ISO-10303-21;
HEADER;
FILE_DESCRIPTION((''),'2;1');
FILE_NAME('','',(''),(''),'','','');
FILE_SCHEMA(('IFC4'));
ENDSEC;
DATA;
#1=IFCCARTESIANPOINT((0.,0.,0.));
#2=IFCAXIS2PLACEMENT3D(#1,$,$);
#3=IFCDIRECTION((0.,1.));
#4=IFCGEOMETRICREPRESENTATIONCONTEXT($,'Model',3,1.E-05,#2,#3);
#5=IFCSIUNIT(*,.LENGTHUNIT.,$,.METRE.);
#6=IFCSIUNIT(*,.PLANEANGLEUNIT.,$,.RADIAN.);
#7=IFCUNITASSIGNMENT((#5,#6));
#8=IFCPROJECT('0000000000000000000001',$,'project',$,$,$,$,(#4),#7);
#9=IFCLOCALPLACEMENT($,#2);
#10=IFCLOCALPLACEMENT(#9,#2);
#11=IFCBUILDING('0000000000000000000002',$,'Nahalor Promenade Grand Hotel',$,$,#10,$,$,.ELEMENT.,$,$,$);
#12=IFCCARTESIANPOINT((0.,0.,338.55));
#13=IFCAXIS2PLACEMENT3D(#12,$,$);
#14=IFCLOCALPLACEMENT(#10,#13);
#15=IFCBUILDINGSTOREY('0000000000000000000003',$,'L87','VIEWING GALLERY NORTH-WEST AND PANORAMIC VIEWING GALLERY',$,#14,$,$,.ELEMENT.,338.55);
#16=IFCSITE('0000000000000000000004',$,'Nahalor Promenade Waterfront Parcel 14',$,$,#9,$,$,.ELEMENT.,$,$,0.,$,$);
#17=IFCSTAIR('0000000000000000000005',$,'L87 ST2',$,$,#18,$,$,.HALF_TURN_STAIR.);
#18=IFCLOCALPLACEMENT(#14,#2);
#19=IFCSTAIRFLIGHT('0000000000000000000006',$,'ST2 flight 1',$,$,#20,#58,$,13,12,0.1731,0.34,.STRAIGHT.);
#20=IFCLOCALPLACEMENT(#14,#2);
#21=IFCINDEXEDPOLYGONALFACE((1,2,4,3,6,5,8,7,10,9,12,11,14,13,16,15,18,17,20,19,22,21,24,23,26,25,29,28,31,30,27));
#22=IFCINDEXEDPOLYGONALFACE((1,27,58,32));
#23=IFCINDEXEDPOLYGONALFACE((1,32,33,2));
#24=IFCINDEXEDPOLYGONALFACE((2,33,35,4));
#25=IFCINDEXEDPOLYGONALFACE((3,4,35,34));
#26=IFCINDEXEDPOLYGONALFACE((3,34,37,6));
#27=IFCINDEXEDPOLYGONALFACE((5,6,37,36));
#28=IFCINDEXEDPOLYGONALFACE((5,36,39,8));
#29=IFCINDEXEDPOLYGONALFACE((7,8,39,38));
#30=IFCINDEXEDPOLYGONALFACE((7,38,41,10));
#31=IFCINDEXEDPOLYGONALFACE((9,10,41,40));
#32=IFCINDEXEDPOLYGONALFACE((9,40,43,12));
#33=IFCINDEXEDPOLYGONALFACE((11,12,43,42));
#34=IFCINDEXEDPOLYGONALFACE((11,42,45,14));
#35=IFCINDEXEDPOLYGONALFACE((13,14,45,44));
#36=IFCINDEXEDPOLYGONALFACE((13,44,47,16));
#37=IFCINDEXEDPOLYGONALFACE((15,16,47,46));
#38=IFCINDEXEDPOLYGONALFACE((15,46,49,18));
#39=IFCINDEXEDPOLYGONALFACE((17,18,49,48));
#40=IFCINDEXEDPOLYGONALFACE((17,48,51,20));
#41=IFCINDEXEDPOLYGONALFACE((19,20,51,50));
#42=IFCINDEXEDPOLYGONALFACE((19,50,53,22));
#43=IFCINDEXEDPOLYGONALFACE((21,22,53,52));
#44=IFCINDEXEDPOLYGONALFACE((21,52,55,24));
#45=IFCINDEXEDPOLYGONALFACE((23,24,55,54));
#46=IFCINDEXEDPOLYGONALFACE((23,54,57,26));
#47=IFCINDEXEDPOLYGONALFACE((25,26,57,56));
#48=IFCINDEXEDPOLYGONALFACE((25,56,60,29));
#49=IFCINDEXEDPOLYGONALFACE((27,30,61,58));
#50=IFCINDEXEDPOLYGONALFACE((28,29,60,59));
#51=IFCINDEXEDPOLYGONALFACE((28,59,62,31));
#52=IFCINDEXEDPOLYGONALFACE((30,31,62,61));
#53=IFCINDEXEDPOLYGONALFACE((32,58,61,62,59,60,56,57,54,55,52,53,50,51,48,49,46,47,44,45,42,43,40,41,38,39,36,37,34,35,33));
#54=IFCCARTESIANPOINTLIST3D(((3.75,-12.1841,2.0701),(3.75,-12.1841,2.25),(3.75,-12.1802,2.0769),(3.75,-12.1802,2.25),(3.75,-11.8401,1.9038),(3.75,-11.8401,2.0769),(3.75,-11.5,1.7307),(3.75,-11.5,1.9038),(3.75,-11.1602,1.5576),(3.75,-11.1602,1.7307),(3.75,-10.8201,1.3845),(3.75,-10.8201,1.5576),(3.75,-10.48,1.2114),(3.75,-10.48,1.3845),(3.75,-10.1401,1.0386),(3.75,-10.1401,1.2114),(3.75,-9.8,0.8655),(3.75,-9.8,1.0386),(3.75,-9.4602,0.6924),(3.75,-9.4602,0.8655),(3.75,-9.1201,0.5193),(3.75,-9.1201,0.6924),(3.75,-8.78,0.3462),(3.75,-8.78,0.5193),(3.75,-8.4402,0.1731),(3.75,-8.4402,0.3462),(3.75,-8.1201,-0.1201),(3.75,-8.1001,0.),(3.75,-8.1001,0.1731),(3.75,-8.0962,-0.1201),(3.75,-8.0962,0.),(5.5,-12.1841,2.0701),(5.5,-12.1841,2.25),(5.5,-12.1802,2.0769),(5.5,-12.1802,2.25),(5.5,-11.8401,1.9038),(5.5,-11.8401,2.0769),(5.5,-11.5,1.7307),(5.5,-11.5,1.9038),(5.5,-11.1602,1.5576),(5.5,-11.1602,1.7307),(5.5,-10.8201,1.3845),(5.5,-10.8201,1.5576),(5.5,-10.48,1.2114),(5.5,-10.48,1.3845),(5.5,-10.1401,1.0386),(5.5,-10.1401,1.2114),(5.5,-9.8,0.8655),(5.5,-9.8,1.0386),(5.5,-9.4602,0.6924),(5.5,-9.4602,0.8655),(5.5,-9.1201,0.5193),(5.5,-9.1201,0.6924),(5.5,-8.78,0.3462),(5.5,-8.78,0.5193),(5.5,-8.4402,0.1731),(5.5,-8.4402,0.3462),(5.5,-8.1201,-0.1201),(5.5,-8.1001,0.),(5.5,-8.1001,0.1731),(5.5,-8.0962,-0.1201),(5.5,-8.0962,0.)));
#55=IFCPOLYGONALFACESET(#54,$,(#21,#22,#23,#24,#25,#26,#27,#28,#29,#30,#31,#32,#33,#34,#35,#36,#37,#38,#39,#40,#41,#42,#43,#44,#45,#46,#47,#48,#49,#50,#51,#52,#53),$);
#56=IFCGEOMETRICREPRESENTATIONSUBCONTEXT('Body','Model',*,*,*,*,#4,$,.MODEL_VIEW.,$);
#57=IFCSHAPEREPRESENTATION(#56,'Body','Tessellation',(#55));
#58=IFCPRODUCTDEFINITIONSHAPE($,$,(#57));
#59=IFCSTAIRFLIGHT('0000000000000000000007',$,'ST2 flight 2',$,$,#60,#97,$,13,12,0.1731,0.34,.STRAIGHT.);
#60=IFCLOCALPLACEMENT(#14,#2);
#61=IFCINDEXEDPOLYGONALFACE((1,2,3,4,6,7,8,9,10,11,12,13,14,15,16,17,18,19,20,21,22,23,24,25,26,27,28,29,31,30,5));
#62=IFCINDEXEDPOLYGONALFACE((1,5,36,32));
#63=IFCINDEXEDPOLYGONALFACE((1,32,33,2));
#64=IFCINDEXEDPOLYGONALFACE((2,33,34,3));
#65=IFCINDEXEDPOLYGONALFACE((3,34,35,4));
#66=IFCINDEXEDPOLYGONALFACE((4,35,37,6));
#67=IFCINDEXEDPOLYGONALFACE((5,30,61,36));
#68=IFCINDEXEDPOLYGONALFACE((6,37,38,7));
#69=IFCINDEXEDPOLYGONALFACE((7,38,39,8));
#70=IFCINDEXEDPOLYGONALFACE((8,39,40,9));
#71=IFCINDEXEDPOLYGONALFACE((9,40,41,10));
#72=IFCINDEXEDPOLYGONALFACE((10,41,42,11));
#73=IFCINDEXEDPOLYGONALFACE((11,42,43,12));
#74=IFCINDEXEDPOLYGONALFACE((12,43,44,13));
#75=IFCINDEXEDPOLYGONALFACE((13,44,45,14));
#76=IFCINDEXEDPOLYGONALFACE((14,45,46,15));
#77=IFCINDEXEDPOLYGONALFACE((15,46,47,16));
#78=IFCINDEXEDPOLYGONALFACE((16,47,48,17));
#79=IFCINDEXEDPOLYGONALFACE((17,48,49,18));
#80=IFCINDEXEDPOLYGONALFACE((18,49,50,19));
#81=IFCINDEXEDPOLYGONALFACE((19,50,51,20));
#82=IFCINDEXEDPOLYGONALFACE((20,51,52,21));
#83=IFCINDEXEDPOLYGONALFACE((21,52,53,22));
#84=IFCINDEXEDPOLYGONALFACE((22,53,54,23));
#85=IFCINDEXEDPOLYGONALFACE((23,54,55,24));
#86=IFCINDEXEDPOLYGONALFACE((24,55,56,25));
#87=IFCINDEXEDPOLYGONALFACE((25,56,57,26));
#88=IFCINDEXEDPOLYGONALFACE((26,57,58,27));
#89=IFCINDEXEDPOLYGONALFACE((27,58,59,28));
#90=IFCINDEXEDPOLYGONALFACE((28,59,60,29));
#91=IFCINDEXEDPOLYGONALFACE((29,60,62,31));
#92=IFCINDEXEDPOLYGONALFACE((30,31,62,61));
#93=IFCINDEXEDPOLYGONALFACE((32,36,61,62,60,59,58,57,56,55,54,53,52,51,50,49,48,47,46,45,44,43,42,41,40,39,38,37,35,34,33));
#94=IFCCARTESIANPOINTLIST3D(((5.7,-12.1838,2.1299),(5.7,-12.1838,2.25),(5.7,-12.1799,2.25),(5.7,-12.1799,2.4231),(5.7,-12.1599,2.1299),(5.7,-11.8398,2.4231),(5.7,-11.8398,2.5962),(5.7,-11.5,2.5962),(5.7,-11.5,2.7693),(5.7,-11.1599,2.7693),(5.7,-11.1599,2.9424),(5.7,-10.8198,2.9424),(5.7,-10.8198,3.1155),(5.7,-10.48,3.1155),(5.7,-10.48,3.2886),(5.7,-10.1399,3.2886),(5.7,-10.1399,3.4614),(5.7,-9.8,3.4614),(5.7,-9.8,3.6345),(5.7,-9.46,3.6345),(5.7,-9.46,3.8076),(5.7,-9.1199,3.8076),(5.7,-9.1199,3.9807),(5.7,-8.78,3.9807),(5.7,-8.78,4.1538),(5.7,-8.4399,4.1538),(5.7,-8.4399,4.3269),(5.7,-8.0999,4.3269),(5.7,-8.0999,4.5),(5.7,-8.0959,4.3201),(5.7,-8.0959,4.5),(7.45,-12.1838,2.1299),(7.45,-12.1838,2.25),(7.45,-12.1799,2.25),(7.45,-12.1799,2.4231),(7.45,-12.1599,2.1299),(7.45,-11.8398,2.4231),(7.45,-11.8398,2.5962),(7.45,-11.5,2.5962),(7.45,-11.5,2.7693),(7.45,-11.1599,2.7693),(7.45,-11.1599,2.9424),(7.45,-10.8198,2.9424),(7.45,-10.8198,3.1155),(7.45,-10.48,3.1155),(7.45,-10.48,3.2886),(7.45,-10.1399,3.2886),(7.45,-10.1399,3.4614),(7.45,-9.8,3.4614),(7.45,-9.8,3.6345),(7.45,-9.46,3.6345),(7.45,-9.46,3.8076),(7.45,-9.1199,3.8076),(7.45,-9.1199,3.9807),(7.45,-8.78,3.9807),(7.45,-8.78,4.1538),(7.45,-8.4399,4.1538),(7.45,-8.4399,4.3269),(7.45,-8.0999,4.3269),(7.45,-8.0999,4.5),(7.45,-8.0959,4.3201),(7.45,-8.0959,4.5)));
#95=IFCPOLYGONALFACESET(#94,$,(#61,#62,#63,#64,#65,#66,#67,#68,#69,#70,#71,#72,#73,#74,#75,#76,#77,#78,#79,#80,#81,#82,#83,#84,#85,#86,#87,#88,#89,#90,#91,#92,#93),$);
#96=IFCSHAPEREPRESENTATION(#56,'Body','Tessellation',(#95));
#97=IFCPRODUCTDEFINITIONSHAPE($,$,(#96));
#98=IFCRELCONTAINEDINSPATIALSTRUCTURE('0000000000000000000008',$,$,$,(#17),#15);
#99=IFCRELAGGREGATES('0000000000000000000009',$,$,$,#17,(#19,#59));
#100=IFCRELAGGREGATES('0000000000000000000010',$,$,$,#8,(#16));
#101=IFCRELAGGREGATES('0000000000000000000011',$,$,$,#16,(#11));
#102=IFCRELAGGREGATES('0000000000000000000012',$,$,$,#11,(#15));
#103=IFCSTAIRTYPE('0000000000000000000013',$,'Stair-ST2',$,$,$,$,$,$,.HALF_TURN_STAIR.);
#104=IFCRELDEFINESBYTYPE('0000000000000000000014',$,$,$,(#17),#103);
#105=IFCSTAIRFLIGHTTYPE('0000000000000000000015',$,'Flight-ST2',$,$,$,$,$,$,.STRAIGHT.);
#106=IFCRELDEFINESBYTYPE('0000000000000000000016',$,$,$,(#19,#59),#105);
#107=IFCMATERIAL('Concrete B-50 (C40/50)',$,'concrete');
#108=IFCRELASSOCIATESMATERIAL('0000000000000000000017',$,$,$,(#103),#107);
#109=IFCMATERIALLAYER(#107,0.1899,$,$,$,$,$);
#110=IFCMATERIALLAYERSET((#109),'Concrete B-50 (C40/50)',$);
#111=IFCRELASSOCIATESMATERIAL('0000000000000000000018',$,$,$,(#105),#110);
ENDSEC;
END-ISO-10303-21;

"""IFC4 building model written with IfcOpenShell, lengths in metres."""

from ifc_helpers import new_model, si_unit, direction, frame, origin, place, context, subcontext, project, spatial, polyline, outline, extrude, source, transform, mapped, material, layer, layer_set, type_object, element, aggregate, save


model = new_model("IFC4")

# Units and contexts
model_context = context("Model", 3, precision=1e-05, world=origin(), true_north=direction((0.0, 1.0)))
body_context = subcontext(model_context, "Body", "Model", "MODEL_VIEW")
ifc_project = project(units=[si_unit("LENGTHUNIT", "METRE"), si_unit("PLANEANGLEUNIT", "RADIAN")], contexts=[model_context])

# Site, building, storey
site_placement = place(None, origin())
site = spatial("IfcSite", under=ifc_project, at=site_placement, Name="Nahalor Promenade Waterfront Parcel 14", CompositionType="ELEMENT", RefElevation=0.0)
building_placement = place(site_placement, origin())
building = spatial("IfcBuilding", under=site, at=building_placement, Name="Nahalor Promenade Grand Hotel", CompositionType="ELEMENT")
storey_placement = place(building_placement, frame((0.0, 0.0, 338.55)))
storey = spatial("IfcBuildingStorey", under=building, at=storey_placement, Name="L87", Description="VIEWING GALLERY NORTH-WEST AND PANORAMIC VIEWING GALLERY", CompositionType="ELEMENT", Elevation=338.55)

# Shared definitions
ifc_material_1 = material(Name="Concrete B-50 (C40/50)", Category="concrete")

# Stair, stair flights
stair_type = type_object("IfcStairType", Name="Stair-ST2", PredefinedType="HALF_TURN_STAIR", material=ifc_material_1)
stair_placement = place(storey_placement, origin())
stair = element("IfcStair", 1, at=stair_placement, inside=storey, type_object=stair_type, Name="L87 ST2", PredefinedType="HALF_TURN_STAIR")
ifc_layer_1 = layer(ifc_material_1, 0.1899)
ifc_layer_set_1 = layer_set([ifc_layer_1], Name="Concrete B-50 (C40/50)")
stair_flight_type = type_object("IfcStairFlightType", Name="Flight-ST2", PredefinedType="STRAIGHT", material=ifc_layer_set_1)
shared_shape_1 = source(origin(), body_context, "Body", "SweptSolid", [
    extrude(outline(polyline([(-0.0039, -0.1201), (-0.0039, 0.0), (0.0, 0.0), (0.0, 0.1731), (0.3401, 0.1731), (0.3401, 0.3462), (0.6799, 0.3462), (0.6799, 0.5193), (1.02, 0.5193), (1.02, 0.6924), (1.3601, 0.6924), (1.3601, 0.8655), (1.7, 0.8655), (1.7, 1.0386), (2.04, 1.0386), (2.04, 1.2114), (2.3799, 1.2114), (2.3799, 1.3845), (2.72, 1.3845), (2.72, 1.5576), (3.0601, 1.5576), (3.0601, 1.7307), (3.3999, 1.7307), (3.3999, 1.9038), (3.74, 1.9038), (3.74, 2.0769), (4.0801, 2.0769), (4.0801, 2.25), (4.084, 2.25), (4.084, 2.0701), (0.02, -0.1201), (-0.0039, -0.1201)])), frame((0.0, 0.875, 0.0), z_axis=(0.0, -1.0, 0.0), x_axis=(1.0, 0.0, 0.0)), (0.0, 0.0, 1.0), 1.75),
])
stair_flight_1_placement = place(storey_placement, frame((4.625, -8.1001, 0.0), z_axis=(0.0, 0.0, 1.0), x_axis=(0.0, -1.0, 0.0)))
stair_flight_1 = element("IfcStairFlight", 2, at=stair_flight_1_placement, type_object=stair_flight_type, Name="ST2 flight 1", NumberOfRisers=13, NumberOfTreads=12, PredefinedType="STRAIGHT", RiserHeight=0.1731, TreadLength=0.34, context=body_context, shape_type="MappedRepresentation", body=[
    mapped(shared_shape_1, transform((0.0, 0.0, 0.0), scale=1.0)),
])
stair_flight_2_placement = place(storey_placement, frame((6.575, -12.1799, 2.25), z_axis=(0.0, 0.0, 1.0), x_axis=(0.0, 1.0, 0.0)))
stair_flight_2 = element("IfcStairFlight", 3, at=stair_flight_2_placement, type_object=stair_flight_type, Name="ST2 flight 2", NumberOfRisers=13, NumberOfTreads=12, PredefinedType="STRAIGHT", RiserHeight=0.1731, TreadLength=0.34, context=body_context, shape_type="MappedRepresentation", body=[
    mapped(shared_shape_1, transform((0.0, 0.0, 0.0), scale=1.0)),
])
aggregate(stair, [stair_flight_1, stair_flight_2])

save(model, "model.ifc")
